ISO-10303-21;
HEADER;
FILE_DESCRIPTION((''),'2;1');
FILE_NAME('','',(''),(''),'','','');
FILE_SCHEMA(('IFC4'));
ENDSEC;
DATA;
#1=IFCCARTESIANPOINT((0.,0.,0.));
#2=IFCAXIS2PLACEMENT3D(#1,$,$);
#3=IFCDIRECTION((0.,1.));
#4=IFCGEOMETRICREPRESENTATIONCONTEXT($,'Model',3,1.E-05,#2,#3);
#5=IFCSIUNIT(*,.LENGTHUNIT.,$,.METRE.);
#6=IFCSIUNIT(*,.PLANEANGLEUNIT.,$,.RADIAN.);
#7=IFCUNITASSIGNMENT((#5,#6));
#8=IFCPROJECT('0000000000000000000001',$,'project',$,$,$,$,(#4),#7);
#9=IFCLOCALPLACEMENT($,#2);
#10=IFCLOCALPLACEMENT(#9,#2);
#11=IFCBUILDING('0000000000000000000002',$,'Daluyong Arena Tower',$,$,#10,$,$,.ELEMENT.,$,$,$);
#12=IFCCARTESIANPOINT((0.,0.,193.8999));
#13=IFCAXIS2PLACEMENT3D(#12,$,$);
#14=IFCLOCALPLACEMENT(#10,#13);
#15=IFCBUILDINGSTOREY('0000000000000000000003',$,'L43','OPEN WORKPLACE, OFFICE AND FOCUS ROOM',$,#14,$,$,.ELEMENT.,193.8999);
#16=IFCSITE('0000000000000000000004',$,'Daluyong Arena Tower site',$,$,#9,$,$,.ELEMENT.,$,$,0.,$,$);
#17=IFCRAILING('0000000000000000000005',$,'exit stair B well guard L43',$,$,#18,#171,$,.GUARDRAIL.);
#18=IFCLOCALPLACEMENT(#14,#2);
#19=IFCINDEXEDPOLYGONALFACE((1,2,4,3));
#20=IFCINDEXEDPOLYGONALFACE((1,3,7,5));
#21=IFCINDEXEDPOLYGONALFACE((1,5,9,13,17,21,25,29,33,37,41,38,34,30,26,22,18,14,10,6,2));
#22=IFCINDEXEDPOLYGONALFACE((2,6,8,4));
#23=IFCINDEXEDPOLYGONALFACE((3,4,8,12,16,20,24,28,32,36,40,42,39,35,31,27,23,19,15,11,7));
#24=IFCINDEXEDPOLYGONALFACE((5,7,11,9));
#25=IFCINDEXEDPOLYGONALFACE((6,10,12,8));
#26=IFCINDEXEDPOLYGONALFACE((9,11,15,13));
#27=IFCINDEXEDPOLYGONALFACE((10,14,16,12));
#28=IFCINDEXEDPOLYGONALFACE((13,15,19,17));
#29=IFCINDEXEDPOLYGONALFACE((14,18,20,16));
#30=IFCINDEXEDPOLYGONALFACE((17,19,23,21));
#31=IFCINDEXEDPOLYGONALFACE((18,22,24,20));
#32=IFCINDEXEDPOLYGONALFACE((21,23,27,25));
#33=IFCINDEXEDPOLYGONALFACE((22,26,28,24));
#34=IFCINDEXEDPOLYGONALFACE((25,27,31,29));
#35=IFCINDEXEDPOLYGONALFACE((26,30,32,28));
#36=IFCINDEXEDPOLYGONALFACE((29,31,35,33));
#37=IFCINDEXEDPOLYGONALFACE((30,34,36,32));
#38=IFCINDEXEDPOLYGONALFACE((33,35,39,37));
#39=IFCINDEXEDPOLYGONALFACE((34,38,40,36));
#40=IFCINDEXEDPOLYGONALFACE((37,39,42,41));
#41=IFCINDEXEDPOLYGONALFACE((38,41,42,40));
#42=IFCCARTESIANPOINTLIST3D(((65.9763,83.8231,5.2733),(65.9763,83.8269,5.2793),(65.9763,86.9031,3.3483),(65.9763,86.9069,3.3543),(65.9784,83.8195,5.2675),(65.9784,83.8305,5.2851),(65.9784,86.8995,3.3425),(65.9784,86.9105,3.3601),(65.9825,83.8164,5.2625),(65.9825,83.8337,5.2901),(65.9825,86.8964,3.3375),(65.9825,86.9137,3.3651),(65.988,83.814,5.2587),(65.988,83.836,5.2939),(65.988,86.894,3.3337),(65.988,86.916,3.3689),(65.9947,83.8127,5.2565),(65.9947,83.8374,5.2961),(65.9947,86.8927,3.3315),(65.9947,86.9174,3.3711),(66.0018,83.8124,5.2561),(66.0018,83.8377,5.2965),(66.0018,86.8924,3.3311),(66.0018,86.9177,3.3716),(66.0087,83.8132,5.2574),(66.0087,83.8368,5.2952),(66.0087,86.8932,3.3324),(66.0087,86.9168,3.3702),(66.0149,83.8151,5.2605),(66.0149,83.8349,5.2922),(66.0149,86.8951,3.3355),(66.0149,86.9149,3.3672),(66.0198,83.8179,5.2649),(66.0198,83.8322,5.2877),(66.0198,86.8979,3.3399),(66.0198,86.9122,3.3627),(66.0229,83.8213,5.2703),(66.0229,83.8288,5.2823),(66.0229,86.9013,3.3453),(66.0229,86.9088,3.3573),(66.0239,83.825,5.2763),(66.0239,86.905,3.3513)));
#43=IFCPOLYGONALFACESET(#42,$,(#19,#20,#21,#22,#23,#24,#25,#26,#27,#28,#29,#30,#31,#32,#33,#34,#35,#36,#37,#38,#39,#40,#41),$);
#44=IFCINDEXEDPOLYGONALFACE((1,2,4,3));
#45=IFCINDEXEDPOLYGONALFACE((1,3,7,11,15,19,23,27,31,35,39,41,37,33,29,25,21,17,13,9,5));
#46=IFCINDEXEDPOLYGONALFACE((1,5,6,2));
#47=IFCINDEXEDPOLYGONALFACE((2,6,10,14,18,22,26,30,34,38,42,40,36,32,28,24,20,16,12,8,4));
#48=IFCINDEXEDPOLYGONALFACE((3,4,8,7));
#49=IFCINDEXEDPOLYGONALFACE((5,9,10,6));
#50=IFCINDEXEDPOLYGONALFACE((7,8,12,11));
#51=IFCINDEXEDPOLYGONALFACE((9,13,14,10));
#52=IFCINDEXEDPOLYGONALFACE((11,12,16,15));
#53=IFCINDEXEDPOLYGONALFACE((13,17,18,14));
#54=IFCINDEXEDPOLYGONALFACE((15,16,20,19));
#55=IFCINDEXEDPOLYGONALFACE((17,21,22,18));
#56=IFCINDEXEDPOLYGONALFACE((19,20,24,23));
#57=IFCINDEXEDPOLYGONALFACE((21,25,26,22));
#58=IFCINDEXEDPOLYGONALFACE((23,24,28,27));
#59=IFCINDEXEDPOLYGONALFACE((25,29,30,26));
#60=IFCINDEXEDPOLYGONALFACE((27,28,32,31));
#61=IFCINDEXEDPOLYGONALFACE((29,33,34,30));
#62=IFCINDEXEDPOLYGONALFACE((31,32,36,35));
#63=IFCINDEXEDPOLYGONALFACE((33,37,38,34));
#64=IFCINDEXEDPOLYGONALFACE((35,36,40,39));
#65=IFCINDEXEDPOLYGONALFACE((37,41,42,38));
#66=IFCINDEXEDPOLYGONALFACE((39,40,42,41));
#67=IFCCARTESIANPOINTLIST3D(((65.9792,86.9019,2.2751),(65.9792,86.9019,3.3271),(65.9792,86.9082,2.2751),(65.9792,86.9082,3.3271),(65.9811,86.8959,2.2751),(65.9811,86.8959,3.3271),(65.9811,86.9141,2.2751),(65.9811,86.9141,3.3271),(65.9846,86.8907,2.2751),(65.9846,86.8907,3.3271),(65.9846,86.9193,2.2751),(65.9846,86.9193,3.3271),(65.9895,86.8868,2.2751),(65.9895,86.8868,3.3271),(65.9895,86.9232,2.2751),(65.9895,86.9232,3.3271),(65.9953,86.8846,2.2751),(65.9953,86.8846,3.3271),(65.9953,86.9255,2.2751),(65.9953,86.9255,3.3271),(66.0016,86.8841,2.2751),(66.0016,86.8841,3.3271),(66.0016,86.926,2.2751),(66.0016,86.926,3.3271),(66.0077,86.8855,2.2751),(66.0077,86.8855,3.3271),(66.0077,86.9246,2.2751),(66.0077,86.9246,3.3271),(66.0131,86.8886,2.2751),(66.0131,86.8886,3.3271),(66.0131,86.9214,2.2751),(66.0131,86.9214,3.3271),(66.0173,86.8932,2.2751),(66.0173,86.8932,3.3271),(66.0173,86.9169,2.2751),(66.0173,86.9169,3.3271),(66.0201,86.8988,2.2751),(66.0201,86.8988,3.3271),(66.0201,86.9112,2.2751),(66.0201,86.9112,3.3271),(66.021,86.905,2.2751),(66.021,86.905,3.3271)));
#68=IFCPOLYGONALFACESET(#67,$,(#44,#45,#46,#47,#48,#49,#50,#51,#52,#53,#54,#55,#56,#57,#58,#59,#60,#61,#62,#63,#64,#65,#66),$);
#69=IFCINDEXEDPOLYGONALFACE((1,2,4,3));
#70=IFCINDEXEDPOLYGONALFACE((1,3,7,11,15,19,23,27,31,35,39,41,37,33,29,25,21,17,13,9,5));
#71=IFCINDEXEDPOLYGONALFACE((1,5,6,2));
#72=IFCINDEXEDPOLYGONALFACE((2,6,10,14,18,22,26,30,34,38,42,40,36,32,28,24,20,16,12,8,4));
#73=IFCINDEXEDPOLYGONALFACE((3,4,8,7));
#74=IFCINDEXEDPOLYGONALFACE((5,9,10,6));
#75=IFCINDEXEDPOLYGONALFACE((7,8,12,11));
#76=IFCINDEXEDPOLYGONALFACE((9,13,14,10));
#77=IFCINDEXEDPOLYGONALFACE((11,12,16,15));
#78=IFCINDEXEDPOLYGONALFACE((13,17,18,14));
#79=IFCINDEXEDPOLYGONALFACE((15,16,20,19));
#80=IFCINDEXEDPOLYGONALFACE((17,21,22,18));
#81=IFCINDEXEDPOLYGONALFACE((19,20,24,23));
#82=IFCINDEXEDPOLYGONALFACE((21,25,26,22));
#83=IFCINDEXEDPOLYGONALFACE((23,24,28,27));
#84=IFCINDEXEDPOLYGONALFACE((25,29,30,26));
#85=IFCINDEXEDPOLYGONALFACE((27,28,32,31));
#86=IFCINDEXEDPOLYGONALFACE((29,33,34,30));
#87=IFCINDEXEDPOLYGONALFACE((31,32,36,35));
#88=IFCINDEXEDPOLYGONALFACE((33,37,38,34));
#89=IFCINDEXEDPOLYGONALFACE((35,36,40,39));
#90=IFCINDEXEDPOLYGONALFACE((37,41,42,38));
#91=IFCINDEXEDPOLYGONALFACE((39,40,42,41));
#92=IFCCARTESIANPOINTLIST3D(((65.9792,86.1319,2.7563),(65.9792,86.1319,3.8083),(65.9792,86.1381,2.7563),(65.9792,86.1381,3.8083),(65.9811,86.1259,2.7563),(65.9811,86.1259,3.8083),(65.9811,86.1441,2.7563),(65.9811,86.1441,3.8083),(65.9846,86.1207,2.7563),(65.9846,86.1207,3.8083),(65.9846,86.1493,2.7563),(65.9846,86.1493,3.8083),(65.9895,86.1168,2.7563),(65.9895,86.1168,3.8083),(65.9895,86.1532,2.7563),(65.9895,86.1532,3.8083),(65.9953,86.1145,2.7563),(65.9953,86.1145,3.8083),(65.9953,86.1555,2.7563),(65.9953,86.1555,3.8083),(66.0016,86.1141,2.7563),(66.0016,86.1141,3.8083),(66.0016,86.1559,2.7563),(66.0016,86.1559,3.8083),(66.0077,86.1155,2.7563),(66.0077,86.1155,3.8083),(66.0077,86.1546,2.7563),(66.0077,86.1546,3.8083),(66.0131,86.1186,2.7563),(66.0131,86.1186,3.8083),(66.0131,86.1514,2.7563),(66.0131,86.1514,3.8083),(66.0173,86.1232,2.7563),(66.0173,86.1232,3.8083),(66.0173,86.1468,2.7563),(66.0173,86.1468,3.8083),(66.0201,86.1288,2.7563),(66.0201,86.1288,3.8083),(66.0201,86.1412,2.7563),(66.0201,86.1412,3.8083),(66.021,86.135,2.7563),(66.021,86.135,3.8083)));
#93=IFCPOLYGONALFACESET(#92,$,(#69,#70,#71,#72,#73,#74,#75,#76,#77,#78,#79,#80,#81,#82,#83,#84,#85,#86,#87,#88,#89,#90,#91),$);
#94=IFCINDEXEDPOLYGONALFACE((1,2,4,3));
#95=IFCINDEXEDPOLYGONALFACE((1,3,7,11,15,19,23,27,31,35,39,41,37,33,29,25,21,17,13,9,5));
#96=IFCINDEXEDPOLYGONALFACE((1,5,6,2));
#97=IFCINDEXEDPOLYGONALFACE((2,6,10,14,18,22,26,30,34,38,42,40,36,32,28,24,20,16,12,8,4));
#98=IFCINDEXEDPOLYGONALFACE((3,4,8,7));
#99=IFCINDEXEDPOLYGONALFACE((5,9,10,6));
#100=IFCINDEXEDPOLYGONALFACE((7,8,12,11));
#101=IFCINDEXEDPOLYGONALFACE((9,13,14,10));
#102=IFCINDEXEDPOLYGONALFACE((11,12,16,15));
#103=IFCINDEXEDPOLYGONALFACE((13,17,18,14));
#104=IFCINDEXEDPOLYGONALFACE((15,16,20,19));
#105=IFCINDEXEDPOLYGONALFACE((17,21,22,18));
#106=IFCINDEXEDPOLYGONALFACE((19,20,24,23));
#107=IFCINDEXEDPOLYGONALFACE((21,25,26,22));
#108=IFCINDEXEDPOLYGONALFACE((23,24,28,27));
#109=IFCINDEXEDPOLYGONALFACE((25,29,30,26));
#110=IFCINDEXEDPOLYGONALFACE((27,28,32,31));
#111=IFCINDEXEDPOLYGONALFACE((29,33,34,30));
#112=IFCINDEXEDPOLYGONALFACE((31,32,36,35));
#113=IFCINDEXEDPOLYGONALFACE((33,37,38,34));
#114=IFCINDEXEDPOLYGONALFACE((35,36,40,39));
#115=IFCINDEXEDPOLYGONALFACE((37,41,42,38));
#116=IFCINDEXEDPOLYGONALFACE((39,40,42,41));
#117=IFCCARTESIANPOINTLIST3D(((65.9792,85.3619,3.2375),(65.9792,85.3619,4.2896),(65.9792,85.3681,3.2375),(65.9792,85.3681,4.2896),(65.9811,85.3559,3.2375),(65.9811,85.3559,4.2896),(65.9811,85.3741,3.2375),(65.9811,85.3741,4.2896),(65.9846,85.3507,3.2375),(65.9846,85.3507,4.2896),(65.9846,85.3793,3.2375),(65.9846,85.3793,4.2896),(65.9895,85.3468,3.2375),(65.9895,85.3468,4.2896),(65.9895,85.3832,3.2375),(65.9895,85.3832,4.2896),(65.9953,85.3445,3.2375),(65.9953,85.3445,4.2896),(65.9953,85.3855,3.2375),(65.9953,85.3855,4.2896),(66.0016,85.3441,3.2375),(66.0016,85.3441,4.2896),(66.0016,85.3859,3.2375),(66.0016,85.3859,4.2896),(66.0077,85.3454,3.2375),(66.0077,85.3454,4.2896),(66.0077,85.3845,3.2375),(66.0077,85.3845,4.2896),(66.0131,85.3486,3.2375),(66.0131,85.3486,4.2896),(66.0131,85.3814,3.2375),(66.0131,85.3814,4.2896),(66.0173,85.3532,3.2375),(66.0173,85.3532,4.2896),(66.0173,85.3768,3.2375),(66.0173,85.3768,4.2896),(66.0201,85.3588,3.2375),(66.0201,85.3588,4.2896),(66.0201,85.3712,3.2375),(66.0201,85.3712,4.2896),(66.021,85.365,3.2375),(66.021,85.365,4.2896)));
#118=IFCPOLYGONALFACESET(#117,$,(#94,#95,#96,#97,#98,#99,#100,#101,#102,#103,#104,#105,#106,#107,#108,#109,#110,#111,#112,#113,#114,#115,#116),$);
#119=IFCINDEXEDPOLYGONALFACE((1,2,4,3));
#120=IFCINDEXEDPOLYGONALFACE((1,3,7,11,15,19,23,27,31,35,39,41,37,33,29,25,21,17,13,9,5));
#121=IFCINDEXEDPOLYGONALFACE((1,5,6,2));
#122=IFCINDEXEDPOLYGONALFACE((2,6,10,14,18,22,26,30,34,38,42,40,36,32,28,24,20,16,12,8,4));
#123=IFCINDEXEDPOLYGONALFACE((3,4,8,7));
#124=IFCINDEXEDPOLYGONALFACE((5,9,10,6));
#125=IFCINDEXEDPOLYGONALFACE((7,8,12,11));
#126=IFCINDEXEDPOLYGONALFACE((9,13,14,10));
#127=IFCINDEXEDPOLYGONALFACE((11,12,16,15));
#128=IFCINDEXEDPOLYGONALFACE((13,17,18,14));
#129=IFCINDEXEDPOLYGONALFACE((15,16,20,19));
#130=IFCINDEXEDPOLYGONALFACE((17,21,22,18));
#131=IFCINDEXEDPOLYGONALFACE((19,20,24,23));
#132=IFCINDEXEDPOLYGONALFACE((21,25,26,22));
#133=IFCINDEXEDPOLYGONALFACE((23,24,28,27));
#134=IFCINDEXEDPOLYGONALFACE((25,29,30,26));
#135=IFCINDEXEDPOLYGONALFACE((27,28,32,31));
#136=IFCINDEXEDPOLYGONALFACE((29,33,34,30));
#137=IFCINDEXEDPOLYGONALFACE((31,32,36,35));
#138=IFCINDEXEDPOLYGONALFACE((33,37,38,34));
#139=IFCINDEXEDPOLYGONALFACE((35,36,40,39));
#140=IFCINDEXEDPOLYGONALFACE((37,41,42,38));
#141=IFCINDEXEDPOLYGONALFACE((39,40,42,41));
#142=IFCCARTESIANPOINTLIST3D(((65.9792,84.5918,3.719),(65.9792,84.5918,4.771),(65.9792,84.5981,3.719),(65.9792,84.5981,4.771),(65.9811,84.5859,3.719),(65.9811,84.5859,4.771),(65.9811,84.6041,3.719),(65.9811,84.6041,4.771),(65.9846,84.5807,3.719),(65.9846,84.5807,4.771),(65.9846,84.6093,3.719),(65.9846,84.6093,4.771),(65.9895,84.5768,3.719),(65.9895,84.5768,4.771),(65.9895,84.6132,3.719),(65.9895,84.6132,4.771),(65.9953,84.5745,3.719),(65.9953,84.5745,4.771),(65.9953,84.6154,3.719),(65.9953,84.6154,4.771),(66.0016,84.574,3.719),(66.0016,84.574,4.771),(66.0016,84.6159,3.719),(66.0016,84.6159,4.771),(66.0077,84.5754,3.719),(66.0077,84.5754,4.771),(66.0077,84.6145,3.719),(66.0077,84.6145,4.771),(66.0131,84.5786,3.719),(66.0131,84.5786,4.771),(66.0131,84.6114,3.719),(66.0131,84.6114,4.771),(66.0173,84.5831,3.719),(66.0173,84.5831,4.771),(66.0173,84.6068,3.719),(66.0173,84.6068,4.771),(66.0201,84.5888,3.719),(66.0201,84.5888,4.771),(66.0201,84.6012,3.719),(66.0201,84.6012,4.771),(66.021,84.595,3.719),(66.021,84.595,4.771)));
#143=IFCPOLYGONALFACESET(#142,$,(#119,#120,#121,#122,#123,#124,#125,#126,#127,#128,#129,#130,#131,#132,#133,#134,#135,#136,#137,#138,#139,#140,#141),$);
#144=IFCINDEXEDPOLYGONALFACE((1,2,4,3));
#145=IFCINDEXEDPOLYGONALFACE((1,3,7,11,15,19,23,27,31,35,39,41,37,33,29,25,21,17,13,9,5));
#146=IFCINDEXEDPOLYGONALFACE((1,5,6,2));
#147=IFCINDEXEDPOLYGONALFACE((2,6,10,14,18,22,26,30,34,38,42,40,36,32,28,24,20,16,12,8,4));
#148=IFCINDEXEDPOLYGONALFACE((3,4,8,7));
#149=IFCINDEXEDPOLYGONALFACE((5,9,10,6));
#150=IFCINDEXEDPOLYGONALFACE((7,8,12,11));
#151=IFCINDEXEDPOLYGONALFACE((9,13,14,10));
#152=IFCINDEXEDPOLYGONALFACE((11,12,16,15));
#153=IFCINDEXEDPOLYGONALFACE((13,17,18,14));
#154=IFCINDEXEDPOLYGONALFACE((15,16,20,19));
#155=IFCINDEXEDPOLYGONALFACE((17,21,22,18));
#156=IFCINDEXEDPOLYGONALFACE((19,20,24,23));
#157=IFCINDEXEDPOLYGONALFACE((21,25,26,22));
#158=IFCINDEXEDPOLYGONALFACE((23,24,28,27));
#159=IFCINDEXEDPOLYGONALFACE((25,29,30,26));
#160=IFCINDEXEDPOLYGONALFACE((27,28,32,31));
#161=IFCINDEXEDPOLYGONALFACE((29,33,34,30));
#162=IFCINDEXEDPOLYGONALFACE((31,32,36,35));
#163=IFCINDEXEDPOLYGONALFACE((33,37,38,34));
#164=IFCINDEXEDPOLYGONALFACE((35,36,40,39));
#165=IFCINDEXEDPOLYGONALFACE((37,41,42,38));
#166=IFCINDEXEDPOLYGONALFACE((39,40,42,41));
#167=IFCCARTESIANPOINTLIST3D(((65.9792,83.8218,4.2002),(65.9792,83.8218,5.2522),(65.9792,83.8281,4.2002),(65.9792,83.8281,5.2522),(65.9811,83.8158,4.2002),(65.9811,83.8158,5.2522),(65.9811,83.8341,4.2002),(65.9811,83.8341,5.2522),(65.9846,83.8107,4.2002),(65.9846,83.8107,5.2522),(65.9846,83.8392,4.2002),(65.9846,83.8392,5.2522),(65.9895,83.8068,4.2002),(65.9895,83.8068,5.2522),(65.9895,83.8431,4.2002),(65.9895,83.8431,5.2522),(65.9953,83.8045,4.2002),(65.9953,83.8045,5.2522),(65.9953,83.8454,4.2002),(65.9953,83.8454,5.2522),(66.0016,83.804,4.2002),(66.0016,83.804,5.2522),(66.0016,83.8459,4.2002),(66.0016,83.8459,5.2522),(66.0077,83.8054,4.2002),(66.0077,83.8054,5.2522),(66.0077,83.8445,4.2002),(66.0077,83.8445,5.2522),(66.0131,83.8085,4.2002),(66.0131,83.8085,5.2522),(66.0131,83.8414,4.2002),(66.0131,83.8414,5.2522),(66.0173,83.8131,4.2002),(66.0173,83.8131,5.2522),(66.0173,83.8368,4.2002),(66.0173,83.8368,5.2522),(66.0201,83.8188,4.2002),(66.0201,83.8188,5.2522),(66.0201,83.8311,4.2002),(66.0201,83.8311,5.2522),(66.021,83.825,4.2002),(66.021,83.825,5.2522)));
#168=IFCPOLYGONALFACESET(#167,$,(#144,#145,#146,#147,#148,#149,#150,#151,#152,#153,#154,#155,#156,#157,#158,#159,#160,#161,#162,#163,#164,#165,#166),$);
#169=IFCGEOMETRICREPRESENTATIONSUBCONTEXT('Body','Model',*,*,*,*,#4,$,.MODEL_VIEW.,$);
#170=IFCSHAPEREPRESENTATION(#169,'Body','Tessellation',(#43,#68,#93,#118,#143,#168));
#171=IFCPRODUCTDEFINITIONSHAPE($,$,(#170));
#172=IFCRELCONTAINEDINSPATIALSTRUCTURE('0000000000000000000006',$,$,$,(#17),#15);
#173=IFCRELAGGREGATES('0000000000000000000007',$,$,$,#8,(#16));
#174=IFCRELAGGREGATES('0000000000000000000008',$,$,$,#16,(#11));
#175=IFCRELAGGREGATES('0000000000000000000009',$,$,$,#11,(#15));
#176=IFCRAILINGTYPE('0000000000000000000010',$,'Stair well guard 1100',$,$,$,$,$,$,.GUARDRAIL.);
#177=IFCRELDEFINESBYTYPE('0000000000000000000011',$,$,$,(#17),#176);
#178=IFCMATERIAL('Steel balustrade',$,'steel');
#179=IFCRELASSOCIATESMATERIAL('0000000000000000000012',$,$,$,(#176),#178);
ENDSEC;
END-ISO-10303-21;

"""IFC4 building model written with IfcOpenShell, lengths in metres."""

from ifc_helpers import new_model, si_unit, direction, frame, origin, origin_2d, place, context, subcontext, project, spatial, circle, extrude, material, type_object, element, save


model = new_model("IFC4")

# Units and contexts
model_context = context("Model", 3, precision=1e-05, world=origin(), true_north=direction((0.0, 1.0)))
body_context = subcontext(model_context, "Body", "Model", "MODEL_VIEW")
ifc_project = project(units=[si_unit("LENGTHUNIT", "METRE"), si_unit("PLANEANGLEUNIT", "RADIAN")], contexts=[model_context])

# Site, building, storey
site_placement = place(None, origin())
site = spatial("IfcSite", under=ifc_project, at=site_placement, Name="Daluyong Arena Tower site", CompositionType="ELEMENT", RefElevation=0.0)
building_placement = place(site_placement, origin())
building = spatial("IfcBuilding", under=site, at=building_placement, Name="Daluyong Arena Tower", CompositionType="ELEMENT")
storey_placement = place(building_placement, frame((0.0, 0.0, 193.8999)))
storey = spatial("IfcBuildingStorey", under=building, at=storey_placement, Name="L43", Description="OPEN WORKPLACE, OFFICE AND FOCUS ROOM", CompositionType="ELEMENT", Elevation=193.8999)

# Railing
ifc_material_1 = material(Name="Steel balustrade", Category="steel")
railing_type_1 = type_object("IfcRailingType", Name="Stair well guard 1100", PredefinedType="GUARDRAIL", material=ifc_material_1)
railing_1_placement = place(storey_placement, frame((66.0, 86.905, 2.2751)))
element("IfcRailing", 1, at=railing_1_placement, inside=storey, type_object=railing_type_1, Name="exit stair B well guard L43", PredefinedType="GUARDRAIL", context=body_context, shape_type="SweptSolid", body=[
    extrude(circle(Radius=0.0239, at=origin_2d()), frame((0.0, 0.0, 1.0762), z_axis=(0.0, -0.847998, 0.529999), x_axis=(1.0, 0.0, 0.0)), (0.0, 0.0, 1.0), 3.6321),
    extrude(circle(Radius=0.021, at=origin_2d()), origin(), (0.0, 0.0, 1.0), 1.052),
    extrude(circle(Radius=0.021, at=origin_2d()), frame((0.0, -0.77, 0.4812)), (0.0, 0.0, 1.0), 1.052),
    extrude(circle(Radius=0.021, at=origin_2d()), frame((0.0, -1.54, 0.9624)), (0.0, 0.0, 1.0), 1.052),
    extrude(circle(Radius=0.021, at=origin_2d()), frame((0.0, -2.3101, 1.4438)), (0.0, 0.0, 1.0), 1.052),
    extrude(circle(Radius=0.021, at=origin_2d()), frame((0.0, -3.0801, 1.925)), (0.0, 0.0, 1.0), 1.052),
])

save(model, "model.ifc")
